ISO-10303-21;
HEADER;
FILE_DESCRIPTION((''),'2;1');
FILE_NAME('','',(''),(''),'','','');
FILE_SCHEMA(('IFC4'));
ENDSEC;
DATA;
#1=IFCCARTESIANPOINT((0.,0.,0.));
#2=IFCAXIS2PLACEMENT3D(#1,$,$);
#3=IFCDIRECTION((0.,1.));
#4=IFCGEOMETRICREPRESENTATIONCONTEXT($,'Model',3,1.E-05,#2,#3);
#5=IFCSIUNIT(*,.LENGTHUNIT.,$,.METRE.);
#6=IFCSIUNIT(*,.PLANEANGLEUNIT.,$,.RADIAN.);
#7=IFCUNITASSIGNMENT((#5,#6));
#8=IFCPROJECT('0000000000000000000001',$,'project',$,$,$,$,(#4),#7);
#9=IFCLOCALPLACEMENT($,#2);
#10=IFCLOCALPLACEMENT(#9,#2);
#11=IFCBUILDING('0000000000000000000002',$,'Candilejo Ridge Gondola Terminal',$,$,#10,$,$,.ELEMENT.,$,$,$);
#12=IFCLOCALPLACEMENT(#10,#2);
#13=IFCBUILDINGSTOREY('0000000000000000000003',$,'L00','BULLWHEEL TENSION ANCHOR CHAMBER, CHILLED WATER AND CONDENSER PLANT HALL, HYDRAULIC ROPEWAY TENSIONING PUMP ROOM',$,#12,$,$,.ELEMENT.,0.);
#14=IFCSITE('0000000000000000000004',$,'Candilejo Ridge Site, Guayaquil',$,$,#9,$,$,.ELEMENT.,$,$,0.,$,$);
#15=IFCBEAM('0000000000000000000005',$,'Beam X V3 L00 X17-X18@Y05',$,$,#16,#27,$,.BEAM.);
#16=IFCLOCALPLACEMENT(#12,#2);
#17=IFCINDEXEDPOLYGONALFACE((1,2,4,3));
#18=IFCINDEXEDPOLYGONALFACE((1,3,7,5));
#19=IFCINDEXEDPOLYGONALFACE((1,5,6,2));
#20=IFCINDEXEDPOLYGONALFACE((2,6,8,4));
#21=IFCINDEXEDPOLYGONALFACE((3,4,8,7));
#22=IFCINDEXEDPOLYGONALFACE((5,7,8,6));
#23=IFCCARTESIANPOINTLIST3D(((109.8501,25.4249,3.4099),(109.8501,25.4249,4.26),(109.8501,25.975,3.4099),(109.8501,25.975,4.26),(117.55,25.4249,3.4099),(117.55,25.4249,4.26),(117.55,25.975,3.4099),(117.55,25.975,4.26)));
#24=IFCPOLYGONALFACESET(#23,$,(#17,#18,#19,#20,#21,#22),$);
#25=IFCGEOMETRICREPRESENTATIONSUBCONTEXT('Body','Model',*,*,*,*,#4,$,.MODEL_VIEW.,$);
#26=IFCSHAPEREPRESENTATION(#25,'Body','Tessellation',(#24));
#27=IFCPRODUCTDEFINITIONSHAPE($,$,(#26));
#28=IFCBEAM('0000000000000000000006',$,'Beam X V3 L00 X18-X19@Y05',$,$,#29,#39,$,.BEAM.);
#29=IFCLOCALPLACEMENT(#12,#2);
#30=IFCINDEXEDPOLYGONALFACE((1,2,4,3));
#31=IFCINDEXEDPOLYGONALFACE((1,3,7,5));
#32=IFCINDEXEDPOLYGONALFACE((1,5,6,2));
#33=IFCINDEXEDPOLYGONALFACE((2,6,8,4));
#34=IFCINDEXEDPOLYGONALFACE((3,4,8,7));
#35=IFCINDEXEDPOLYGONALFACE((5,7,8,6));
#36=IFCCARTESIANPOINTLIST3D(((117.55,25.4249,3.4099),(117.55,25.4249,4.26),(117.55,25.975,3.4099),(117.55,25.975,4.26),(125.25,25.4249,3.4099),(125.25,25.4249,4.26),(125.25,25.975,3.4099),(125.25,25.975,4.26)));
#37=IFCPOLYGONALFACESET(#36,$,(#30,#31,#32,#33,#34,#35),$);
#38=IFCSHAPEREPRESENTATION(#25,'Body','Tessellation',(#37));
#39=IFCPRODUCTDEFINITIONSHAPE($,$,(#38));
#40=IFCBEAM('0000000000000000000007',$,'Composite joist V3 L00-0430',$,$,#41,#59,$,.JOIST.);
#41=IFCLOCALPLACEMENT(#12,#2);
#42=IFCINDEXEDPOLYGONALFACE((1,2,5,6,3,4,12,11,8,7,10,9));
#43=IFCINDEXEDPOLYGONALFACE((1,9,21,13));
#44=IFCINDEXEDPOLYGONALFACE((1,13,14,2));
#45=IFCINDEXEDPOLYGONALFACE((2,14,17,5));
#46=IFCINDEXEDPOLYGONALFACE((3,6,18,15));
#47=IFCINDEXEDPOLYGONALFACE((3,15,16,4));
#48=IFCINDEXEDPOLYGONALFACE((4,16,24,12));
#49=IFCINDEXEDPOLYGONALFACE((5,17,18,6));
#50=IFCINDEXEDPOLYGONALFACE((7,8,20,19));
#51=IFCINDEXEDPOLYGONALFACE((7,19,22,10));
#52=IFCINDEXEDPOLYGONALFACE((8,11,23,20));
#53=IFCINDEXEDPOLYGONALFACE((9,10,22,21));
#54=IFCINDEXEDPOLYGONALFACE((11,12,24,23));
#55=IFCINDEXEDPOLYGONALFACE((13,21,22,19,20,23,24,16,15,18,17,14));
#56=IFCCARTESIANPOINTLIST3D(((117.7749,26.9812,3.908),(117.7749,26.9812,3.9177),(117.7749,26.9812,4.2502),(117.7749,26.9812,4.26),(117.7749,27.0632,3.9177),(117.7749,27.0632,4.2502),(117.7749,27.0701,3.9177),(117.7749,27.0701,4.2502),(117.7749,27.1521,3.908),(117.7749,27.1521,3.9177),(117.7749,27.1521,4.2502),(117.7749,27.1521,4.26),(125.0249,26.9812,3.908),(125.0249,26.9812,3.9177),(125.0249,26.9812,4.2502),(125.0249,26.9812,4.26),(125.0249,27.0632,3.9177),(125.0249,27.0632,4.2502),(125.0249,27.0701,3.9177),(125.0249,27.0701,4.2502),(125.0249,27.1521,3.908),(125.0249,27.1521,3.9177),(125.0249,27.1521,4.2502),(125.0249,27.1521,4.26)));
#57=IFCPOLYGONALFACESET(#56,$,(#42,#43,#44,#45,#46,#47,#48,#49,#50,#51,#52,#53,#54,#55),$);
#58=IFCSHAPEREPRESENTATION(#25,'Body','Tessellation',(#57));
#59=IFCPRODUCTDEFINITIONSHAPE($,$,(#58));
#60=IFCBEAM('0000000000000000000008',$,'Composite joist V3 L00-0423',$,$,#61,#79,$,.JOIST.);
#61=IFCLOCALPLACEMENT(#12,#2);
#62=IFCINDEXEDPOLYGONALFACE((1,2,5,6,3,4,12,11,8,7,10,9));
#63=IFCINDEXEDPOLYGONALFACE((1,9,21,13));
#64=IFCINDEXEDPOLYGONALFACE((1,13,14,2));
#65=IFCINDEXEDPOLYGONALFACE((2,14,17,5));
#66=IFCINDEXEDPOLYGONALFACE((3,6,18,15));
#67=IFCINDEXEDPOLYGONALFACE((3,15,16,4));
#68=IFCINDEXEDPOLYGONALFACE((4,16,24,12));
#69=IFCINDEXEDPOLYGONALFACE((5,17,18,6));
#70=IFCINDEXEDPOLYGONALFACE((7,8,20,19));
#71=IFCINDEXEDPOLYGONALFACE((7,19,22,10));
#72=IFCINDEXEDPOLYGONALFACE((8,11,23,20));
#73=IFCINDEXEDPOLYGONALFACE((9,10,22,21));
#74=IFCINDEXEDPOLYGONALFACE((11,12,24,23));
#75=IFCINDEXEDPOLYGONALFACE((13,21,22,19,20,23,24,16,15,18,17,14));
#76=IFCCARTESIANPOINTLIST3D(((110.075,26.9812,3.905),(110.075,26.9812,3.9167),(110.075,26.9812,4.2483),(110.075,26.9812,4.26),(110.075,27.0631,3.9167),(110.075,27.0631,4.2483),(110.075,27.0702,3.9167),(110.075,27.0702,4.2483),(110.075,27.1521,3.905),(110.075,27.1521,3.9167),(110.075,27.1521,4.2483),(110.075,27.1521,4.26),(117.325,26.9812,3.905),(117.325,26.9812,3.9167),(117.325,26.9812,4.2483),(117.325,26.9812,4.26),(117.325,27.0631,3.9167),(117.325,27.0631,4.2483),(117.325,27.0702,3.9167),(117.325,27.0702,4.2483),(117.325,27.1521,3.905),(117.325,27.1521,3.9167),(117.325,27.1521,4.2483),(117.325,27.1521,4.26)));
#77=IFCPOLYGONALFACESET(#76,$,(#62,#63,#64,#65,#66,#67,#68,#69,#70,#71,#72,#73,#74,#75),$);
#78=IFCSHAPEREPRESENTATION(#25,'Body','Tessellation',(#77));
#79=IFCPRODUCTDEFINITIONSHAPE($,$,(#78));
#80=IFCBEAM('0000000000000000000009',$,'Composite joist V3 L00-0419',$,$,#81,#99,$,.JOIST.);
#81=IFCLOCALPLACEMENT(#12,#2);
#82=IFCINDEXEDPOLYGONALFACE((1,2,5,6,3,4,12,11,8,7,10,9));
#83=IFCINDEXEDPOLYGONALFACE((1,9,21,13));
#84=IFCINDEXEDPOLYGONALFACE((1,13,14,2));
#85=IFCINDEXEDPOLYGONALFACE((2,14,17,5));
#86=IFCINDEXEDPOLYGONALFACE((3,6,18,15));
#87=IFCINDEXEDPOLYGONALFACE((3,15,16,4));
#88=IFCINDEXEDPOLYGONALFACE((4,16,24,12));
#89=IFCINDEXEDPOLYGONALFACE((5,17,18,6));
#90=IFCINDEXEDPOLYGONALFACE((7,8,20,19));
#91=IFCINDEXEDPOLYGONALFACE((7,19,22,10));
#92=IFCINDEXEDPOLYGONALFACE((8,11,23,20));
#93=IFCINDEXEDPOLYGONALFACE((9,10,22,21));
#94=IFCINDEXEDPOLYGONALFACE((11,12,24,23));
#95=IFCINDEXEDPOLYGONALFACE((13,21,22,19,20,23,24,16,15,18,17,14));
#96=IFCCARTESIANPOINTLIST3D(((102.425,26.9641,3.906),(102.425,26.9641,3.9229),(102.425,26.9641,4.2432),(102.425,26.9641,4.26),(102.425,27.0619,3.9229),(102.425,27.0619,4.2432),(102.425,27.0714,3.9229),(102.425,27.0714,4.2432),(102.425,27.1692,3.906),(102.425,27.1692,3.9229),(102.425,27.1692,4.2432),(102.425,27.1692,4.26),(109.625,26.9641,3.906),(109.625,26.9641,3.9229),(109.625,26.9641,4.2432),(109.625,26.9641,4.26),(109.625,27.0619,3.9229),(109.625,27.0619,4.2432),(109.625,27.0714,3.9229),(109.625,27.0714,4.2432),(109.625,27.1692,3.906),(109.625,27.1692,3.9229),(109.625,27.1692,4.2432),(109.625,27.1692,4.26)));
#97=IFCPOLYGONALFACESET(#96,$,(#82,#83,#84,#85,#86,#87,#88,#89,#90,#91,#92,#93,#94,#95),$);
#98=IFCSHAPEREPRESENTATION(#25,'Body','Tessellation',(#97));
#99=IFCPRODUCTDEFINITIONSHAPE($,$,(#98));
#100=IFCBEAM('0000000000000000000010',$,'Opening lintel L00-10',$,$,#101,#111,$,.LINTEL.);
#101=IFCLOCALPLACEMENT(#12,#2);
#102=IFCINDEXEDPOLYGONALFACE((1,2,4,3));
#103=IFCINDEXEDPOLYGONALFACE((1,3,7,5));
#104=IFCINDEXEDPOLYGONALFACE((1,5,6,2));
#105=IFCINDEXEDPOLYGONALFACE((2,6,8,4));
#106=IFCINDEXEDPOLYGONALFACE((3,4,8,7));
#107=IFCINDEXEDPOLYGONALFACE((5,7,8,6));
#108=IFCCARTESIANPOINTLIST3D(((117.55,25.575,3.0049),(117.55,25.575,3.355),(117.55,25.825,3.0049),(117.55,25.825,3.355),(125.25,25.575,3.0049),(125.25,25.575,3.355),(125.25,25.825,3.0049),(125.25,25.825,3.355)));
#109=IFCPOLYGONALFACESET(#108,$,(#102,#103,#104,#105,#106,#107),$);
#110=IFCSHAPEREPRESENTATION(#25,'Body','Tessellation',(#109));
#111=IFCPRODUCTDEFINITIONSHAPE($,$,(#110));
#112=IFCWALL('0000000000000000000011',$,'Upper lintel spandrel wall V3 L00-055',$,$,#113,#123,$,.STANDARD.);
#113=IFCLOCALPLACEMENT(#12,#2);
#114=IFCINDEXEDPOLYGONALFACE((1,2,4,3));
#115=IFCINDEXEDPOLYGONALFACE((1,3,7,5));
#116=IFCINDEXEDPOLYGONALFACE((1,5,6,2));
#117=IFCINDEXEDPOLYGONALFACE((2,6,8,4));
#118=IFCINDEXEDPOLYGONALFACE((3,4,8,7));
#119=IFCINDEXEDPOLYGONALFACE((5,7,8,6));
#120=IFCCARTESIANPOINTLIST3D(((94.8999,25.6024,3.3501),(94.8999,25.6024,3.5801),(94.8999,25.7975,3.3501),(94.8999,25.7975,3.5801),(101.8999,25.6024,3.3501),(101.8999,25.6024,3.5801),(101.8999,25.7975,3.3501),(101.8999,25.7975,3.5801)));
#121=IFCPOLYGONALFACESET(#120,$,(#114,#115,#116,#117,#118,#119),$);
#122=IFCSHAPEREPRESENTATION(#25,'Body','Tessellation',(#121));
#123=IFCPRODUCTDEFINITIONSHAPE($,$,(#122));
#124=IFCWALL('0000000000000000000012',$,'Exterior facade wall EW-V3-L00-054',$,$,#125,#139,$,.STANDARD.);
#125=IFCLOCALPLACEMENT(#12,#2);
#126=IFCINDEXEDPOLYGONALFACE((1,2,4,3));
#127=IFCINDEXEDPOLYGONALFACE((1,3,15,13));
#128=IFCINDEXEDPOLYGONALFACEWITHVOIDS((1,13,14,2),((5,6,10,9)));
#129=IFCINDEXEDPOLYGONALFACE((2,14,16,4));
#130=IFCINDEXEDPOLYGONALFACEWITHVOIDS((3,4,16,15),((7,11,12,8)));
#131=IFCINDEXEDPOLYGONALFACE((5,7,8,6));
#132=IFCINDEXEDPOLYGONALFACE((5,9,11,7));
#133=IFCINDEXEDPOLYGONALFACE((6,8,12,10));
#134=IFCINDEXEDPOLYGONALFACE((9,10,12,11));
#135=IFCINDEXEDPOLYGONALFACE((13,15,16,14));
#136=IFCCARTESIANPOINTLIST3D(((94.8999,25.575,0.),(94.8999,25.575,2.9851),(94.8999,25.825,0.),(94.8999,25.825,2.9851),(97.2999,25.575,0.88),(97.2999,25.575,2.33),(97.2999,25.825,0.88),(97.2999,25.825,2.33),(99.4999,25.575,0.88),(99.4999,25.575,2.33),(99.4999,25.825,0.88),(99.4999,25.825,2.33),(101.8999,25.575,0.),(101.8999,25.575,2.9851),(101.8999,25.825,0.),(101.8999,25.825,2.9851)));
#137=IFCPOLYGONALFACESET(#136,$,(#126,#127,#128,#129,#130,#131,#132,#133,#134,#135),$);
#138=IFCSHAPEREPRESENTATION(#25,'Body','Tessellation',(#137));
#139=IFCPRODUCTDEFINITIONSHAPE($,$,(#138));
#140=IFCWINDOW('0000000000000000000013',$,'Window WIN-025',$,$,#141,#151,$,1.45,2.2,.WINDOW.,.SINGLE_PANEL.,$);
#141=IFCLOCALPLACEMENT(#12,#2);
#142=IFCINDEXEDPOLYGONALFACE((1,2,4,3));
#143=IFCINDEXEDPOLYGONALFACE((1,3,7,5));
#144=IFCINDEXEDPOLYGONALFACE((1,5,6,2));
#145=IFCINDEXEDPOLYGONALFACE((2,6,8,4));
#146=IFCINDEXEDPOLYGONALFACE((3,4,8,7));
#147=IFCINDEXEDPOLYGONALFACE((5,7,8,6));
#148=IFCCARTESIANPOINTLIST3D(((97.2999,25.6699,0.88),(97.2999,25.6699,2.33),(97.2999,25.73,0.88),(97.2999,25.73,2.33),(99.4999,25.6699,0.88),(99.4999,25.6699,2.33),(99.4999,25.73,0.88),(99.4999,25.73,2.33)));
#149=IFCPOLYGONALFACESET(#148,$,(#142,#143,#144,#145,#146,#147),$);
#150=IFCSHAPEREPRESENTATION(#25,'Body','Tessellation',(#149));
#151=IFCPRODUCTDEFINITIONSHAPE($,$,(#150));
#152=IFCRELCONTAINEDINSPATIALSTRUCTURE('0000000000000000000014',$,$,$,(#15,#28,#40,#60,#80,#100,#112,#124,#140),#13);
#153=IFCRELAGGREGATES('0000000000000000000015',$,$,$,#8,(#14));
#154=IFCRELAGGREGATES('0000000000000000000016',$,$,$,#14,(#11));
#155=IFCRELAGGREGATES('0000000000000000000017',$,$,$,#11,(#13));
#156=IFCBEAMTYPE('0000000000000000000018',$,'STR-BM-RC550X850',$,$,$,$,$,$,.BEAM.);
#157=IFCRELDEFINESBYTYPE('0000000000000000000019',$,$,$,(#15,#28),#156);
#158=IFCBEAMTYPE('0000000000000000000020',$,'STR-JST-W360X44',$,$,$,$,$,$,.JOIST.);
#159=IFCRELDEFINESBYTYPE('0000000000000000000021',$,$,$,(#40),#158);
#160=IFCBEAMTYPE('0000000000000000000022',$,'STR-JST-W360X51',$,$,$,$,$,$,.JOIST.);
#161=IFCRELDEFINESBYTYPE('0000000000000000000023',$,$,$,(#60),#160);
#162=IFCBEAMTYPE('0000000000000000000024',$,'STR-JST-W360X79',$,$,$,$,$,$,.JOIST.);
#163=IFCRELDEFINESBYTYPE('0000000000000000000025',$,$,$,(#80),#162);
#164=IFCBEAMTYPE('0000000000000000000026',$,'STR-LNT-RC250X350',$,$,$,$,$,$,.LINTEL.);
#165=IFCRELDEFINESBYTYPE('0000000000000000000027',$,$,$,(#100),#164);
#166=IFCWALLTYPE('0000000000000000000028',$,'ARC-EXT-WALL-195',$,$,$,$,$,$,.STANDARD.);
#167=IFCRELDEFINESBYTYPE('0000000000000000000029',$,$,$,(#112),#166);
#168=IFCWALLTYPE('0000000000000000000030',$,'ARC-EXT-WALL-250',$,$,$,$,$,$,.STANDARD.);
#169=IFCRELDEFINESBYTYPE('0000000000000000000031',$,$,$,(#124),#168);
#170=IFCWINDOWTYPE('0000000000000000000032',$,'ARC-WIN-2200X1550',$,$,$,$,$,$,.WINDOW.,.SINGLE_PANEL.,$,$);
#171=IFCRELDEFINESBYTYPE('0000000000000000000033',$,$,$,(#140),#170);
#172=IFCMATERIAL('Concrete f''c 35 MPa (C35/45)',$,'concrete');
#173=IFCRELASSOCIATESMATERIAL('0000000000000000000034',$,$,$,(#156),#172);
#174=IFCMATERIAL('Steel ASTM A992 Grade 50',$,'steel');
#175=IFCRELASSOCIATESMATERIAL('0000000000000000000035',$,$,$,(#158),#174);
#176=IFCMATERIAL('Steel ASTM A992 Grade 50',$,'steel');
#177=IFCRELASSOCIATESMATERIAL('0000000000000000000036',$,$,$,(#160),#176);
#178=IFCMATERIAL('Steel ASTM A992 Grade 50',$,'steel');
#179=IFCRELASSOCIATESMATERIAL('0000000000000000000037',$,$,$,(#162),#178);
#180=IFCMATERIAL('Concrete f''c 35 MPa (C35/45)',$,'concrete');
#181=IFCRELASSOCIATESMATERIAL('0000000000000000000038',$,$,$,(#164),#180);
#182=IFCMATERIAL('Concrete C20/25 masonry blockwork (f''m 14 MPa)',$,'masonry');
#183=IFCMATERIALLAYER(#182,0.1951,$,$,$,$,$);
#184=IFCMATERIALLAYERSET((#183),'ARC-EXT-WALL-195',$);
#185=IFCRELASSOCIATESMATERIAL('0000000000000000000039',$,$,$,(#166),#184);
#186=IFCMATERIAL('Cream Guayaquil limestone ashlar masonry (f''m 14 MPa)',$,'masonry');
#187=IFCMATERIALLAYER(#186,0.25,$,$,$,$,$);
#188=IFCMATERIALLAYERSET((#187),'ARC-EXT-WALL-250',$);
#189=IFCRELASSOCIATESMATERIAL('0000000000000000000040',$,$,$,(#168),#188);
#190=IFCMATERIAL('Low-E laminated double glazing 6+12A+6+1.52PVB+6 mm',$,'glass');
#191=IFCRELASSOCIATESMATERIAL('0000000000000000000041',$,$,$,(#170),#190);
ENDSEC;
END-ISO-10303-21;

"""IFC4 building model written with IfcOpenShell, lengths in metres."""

from ifc_helpers import new_model, si_unit, direction, frame, frame_2d, origin, origin_2d, place, context, subcontext, project, spatial, rectangle, i_section, extrude, material, layer, layer_set, material_profile, profile_set, type_object, element, fill, save


model = new_model("IFC4")

# Units and contexts
model_context = context("Model", 3, precision=1e-05, world=origin(), true_north=direction((0.0, 1.0)))
body_context = subcontext(model_context, "Body", "Model", "MODEL_VIEW")
ifc_project = project(units=[si_unit("LENGTHUNIT", "METRE"), si_unit("PLANEANGLEUNIT", "RADIAN")], contexts=[model_context])

# Site, building, storey
site_placement = place(None, origin())
site = spatial("IfcSite", under=ifc_project, at=site_placement, Name="Candilejo Ridge Site, Guayaquil", CompositionType="ELEMENT", RefElevation=0.0)
building_placement = place(site_placement, origin())
building = spatial("IfcBuilding", under=site, at=building_placement, Name="Candilejo Ridge Gondola Terminal", CompositionType="ELEMENT")
storey_placement = place(building_placement, origin())
storey = spatial("IfcBuildingStorey", under=building, at=storey_placement, Name="L00", Description="BULLWHEEL TENSION ANCHOR CHAMBER, CHILLED WATER AND CONDENSER PLANT HALL, HYDRAULIC ROPEWAY TENSIONING PUMP ROOM", CompositionType="ELEMENT", Elevation=0.0)

# Beams
ifc_material_1 = material(Name="Concrete f'c 35 MPa (C35/45)", Category="concrete")
ifc_material_profile_1 = material_profile(ifc_material_1, rectangle(XDim=0.55, YDim=0.8501, at=origin_2d()))
ifc_profile_set_1 = profile_set([ifc_material_profile_1], Name="Concrete f'c 35 MPa (C35/45)")
beam_type_1 = type_object("IfcBeamType", Name="STR-BM-RC550X850", PredefinedType="BEAM", material=ifc_profile_set_1)
for number, where, z_axis, x_axis, name in (
    (1, (109.8501, 25.7, 3.835), (1.0, 0.0, 0.0), (0.0, 1.0, 0.0), "Beam X V3 L00 X17-X18@Y05"),
    (2, (117.55, 25.7, 3.835), (1.0, 0.0, 0.0), (0.0, 1.0, 0.0), "Beam X V3 L00 X18-X19@Y05"),
):
    element("IfcBeam", number, at=place(storey_placement, frame(where, z_axis=z_axis, x_axis=x_axis)), inside=storey, type_object=beam_type_1, Name=name, PredefinedType="BEAM", context=body_context, shape_type="SweptSolid", body=[
        extrude(rectangle(XDim=0.55, YDim=0.8501, at=origin_2d()), origin(), (0.0, 0.0, 1.0), 7.7),
    ])
ifc_material_2 = material(Name="Steel ASTM A992 Grade 50", Category="steel")
ifc_material_profile_2 = material_profile(ifc_material_2, i_section(OverallWidth=0.1709, OverallDepth=0.3521, WebThickness=0.0068, FlangeThickness=0.0098, at=origin_2d()))
ifc_profile_set_2 = profile_set([ifc_material_profile_2], Name="Steel ASTM A992 Grade 50")
beam_type_2 = type_object("IfcBeamType", Name="STR-JST-W360X44", PredefinedType="JOIST", material=ifc_profile_set_2)
beam_1_placement = place(storey_placement, frame((117.7749, 27.0667, 4.084), z_axis=(1.0, 0.0, 0.0), x_axis=(0.0, 1.0, 0.0)))
element("IfcBeam", 3, at=beam_1_placement, inside=storey, type_object=beam_type_2, Name="Composite joist V3 L00-0430", PredefinedType="JOIST", context=body_context, shape_type="SweptSolid", body=[
    extrude(i_section(OverallWidth=0.1709, OverallDepth=0.3521, WebThickness=0.0068, FlangeThickness=0.0098, at=origin_2d()), origin(), (0.0, 0.0, 1.0), 7.25),
])
ifc_material_3 = material(Name="Steel ASTM A992 Grade 50", Category="steel")
ifc_material_profile_3 = material_profile(ifc_material_3, i_section(OverallWidth=0.1709, OverallDepth=0.355, WebThickness=0.0071, FlangeThickness=0.0117, at=origin_2d()))
ifc_profile_set_3 = profile_set([ifc_material_profile_3], Name="Steel ASTM A992 Grade 50")
beam_type_3 = type_object("IfcBeamType", Name="STR-JST-W360X51", PredefinedType="JOIST", material=ifc_profile_set_3)
beam_2_placement = place(storey_placement, frame((110.075, 27.0667, 4.0825), z_axis=(1.0, 0.0, 0.0), x_axis=(0.0, 1.0, 0.0)))
element("IfcBeam", 4, at=beam_2_placement, inside=storey, type_object=beam_type_3, Name="Composite joist V3 L00-0423", PredefinedType="JOIST", context=body_context, shape_type="SweptSolid", body=[
    extrude(i_section(OverallWidth=0.1709, OverallDepth=0.355, WebThickness=0.0071, FlangeThickness=0.0117, at=origin_2d()), origin(), (0.0, 0.0, 1.0), 7.25),
])
ifc_material_4 = material(Name="Steel ASTM A992 Grade 50", Category="steel")
ifc_material_profile_4 = material_profile(ifc_material_4, i_section(OverallWidth=0.2051, OverallDepth=0.354, WebThickness=0.0095, FlangeThickness=0.0168, at=origin_2d()))
ifc_profile_set_4 = profile_set([ifc_material_profile_4], Name="Steel ASTM A992 Grade 50")
beam_type_4 = type_object("IfcBeamType", Name="STR-JST-W360X79", PredefinedType="JOIST", material=ifc_profile_set_4)
beam_3_placement = place(storey_placement, frame((102.425, 27.0667, 4.083), z_axis=(1.0, 0.0, 0.0), x_axis=(0.0, 1.0, 0.0)))
element("IfcBeam", 5, at=beam_3_placement, inside=storey, type_object=beam_type_4, Name="Composite joist V3 L00-0419", PredefinedType="JOIST", context=body_context, shape_type="SweptSolid", body=[
    extrude(i_section(OverallWidth=0.2051, OverallDepth=0.354, WebThickness=0.0095, FlangeThickness=0.0168, at=origin_2d()), origin(), (0.0, 0.0, 1.0), 7.2),
])
ifc_material_5 = material(Name="Concrete f'c 35 MPa (C35/45)", Category="concrete")
ifc_material_profile_5 = material_profile(ifc_material_5, rectangle(XDim=0.25, YDim=0.3501, at=origin_2d()))
ifc_profile_set_5 = profile_set([ifc_material_profile_5], Name="Concrete f'c 35 MPa (C35/45)")
beam_type_5 = type_object("IfcBeamType", Name="STR-LNT-RC250X350", PredefinedType="LINTEL", material=ifc_profile_set_5)
beam_4_placement = place(storey_placement, frame((117.55, 25.7, 3.1799), z_axis=(1.0, 0.0, 0.0), x_axis=(0.0, 1.0, 0.0)))
element("IfcBeam", 6, at=beam_4_placement, inside=storey, type_object=beam_type_5, Name="Opening lintel L00-10", PredefinedType="LINTEL", context=body_context, shape_type="SweptSolid", body=[
    extrude(rectangle(XDim=0.25, YDim=0.3501, at=origin_2d()), origin(), (0.0, 0.0, 1.0), 7.7),
])

# Wall
ifc_material_6 = material(Name="Concrete C20/25 masonry blockwork (f'm 14 MPa)", Category="masonry")
ifc_layer_1 = layer(ifc_material_6, 0.1951)
ifc_layer_set_1 = layer_set([ifc_layer_1], Name="ARC-EXT-WALL-195")
wall_type_1 = type_object("IfcWallType", Name="ARC-EXT-WALL-195", PredefinedType="STANDARD", material=ifc_layer_set_1)
wall_1_placement = place(storey_placement, frame((101.8999, 25.7, 3.3501), z_axis=(0.0, 0.0, 1.0), x_axis=(-1.0, 0.0, 0.0)))
element("IfcWall", 7, at=wall_1_placement, inside=storey, type_object=wall_type_1, Name="Upper lintel spandrel wall V3 L00-055", PredefinedType="STANDARD", context=body_context, shape_type="SweptSolid", body=[
    extrude(rectangle(XDim=7.0, YDim=0.1951, at=frame_2d((3.5, 0.0))), origin(), (0.0, 0.0, 1.0), 0.23),
])

# Wall, opening, window
ifc_material_7 = material(Name="Cream Guayaquil limestone ashlar masonry (f'm 14 MPa)", Category="masonry")
ifc_layer_2 = layer(ifc_material_7, 0.25)
ifc_layer_set_2 = layer_set([ifc_layer_2], Name="ARC-EXT-WALL-250")
wall_type_2 = type_object("IfcWallType", Name="ARC-EXT-WALL-250", PredefinedType="STANDARD", material=ifc_layer_set_2)
wall_2_placement = place(storey_placement, frame((101.8999, 25.7, 0.0), z_axis=(0.0, 0.0, 1.0), x_axis=(-1.0, 0.0, 0.0)))
wall_2 = element("IfcWall", 8, at=wall_2_placement, inside=storey, type_object=wall_type_2, Name="Exterior facade wall EW-V3-L00-054", PredefinedType="STANDARD", context=body_context, shape_type="SweptSolid", body=[
    extrude(rectangle(XDim=7.0, YDim=0.25, at=frame_2d((3.5, 0.0))), origin(), (0.0, 0.0, 1.0), 2.9851),
])
opening_1_placement = place(wall_2_placement, frame((2.3999, 0.0, 0.8799)))
opening_1 = element("IfcOpeningElement", 9, at=opening_1_placement, cuts=wall_2, PredefinedType="OPENING", context=body_context, shape_type="SweptSolid", body=[
    extrude(rectangle(XDim=2.2, YDim=1.45, at=frame_2d((1.1001, 0.7251))), frame((0.0, 0.135, 0.0), z_axis=(0.0, -1.0, 0.0), x_axis=(1.0, 0.0, 0.0)), (0.0, 0.0, 1.0), 0.27),
])
ifc_material_8 = material(Name="Low-E laminated double glazing 6+12A+6+1.52PVB+6 mm", Category="glass")
window_type = type_object("IfcWindowType", Name="ARC-WIN-2200X1550", PartitioningType="SINGLE_PANEL", PredefinedType="WINDOW", material=ifc_material_8)
window_placement = place(opening_1_placement, origin())
window = element("IfcWindow", 10, at=window_placement, inside=storey, type_object=window_type, Name="Window WIN-025", OverallHeight=1.45, OverallWidth=2.2, PartitioningType="SINGLE_PANEL", PredefinedType="WINDOW", context=body_context, shape_type="SweptSolid", body=[
    extrude(rectangle(XDim=2.2, YDim=1.45, at=frame_2d((1.1001, 0.7251))), frame((0.0, 0.03, 0.0), z_axis=(0.0, -1.0, 0.0), x_axis=(1.0, 0.0, 0.0)), (0.0, 0.0, 1.0), 0.0601),
])
fill(opening_1, window)

save(model, "model.ifc")
